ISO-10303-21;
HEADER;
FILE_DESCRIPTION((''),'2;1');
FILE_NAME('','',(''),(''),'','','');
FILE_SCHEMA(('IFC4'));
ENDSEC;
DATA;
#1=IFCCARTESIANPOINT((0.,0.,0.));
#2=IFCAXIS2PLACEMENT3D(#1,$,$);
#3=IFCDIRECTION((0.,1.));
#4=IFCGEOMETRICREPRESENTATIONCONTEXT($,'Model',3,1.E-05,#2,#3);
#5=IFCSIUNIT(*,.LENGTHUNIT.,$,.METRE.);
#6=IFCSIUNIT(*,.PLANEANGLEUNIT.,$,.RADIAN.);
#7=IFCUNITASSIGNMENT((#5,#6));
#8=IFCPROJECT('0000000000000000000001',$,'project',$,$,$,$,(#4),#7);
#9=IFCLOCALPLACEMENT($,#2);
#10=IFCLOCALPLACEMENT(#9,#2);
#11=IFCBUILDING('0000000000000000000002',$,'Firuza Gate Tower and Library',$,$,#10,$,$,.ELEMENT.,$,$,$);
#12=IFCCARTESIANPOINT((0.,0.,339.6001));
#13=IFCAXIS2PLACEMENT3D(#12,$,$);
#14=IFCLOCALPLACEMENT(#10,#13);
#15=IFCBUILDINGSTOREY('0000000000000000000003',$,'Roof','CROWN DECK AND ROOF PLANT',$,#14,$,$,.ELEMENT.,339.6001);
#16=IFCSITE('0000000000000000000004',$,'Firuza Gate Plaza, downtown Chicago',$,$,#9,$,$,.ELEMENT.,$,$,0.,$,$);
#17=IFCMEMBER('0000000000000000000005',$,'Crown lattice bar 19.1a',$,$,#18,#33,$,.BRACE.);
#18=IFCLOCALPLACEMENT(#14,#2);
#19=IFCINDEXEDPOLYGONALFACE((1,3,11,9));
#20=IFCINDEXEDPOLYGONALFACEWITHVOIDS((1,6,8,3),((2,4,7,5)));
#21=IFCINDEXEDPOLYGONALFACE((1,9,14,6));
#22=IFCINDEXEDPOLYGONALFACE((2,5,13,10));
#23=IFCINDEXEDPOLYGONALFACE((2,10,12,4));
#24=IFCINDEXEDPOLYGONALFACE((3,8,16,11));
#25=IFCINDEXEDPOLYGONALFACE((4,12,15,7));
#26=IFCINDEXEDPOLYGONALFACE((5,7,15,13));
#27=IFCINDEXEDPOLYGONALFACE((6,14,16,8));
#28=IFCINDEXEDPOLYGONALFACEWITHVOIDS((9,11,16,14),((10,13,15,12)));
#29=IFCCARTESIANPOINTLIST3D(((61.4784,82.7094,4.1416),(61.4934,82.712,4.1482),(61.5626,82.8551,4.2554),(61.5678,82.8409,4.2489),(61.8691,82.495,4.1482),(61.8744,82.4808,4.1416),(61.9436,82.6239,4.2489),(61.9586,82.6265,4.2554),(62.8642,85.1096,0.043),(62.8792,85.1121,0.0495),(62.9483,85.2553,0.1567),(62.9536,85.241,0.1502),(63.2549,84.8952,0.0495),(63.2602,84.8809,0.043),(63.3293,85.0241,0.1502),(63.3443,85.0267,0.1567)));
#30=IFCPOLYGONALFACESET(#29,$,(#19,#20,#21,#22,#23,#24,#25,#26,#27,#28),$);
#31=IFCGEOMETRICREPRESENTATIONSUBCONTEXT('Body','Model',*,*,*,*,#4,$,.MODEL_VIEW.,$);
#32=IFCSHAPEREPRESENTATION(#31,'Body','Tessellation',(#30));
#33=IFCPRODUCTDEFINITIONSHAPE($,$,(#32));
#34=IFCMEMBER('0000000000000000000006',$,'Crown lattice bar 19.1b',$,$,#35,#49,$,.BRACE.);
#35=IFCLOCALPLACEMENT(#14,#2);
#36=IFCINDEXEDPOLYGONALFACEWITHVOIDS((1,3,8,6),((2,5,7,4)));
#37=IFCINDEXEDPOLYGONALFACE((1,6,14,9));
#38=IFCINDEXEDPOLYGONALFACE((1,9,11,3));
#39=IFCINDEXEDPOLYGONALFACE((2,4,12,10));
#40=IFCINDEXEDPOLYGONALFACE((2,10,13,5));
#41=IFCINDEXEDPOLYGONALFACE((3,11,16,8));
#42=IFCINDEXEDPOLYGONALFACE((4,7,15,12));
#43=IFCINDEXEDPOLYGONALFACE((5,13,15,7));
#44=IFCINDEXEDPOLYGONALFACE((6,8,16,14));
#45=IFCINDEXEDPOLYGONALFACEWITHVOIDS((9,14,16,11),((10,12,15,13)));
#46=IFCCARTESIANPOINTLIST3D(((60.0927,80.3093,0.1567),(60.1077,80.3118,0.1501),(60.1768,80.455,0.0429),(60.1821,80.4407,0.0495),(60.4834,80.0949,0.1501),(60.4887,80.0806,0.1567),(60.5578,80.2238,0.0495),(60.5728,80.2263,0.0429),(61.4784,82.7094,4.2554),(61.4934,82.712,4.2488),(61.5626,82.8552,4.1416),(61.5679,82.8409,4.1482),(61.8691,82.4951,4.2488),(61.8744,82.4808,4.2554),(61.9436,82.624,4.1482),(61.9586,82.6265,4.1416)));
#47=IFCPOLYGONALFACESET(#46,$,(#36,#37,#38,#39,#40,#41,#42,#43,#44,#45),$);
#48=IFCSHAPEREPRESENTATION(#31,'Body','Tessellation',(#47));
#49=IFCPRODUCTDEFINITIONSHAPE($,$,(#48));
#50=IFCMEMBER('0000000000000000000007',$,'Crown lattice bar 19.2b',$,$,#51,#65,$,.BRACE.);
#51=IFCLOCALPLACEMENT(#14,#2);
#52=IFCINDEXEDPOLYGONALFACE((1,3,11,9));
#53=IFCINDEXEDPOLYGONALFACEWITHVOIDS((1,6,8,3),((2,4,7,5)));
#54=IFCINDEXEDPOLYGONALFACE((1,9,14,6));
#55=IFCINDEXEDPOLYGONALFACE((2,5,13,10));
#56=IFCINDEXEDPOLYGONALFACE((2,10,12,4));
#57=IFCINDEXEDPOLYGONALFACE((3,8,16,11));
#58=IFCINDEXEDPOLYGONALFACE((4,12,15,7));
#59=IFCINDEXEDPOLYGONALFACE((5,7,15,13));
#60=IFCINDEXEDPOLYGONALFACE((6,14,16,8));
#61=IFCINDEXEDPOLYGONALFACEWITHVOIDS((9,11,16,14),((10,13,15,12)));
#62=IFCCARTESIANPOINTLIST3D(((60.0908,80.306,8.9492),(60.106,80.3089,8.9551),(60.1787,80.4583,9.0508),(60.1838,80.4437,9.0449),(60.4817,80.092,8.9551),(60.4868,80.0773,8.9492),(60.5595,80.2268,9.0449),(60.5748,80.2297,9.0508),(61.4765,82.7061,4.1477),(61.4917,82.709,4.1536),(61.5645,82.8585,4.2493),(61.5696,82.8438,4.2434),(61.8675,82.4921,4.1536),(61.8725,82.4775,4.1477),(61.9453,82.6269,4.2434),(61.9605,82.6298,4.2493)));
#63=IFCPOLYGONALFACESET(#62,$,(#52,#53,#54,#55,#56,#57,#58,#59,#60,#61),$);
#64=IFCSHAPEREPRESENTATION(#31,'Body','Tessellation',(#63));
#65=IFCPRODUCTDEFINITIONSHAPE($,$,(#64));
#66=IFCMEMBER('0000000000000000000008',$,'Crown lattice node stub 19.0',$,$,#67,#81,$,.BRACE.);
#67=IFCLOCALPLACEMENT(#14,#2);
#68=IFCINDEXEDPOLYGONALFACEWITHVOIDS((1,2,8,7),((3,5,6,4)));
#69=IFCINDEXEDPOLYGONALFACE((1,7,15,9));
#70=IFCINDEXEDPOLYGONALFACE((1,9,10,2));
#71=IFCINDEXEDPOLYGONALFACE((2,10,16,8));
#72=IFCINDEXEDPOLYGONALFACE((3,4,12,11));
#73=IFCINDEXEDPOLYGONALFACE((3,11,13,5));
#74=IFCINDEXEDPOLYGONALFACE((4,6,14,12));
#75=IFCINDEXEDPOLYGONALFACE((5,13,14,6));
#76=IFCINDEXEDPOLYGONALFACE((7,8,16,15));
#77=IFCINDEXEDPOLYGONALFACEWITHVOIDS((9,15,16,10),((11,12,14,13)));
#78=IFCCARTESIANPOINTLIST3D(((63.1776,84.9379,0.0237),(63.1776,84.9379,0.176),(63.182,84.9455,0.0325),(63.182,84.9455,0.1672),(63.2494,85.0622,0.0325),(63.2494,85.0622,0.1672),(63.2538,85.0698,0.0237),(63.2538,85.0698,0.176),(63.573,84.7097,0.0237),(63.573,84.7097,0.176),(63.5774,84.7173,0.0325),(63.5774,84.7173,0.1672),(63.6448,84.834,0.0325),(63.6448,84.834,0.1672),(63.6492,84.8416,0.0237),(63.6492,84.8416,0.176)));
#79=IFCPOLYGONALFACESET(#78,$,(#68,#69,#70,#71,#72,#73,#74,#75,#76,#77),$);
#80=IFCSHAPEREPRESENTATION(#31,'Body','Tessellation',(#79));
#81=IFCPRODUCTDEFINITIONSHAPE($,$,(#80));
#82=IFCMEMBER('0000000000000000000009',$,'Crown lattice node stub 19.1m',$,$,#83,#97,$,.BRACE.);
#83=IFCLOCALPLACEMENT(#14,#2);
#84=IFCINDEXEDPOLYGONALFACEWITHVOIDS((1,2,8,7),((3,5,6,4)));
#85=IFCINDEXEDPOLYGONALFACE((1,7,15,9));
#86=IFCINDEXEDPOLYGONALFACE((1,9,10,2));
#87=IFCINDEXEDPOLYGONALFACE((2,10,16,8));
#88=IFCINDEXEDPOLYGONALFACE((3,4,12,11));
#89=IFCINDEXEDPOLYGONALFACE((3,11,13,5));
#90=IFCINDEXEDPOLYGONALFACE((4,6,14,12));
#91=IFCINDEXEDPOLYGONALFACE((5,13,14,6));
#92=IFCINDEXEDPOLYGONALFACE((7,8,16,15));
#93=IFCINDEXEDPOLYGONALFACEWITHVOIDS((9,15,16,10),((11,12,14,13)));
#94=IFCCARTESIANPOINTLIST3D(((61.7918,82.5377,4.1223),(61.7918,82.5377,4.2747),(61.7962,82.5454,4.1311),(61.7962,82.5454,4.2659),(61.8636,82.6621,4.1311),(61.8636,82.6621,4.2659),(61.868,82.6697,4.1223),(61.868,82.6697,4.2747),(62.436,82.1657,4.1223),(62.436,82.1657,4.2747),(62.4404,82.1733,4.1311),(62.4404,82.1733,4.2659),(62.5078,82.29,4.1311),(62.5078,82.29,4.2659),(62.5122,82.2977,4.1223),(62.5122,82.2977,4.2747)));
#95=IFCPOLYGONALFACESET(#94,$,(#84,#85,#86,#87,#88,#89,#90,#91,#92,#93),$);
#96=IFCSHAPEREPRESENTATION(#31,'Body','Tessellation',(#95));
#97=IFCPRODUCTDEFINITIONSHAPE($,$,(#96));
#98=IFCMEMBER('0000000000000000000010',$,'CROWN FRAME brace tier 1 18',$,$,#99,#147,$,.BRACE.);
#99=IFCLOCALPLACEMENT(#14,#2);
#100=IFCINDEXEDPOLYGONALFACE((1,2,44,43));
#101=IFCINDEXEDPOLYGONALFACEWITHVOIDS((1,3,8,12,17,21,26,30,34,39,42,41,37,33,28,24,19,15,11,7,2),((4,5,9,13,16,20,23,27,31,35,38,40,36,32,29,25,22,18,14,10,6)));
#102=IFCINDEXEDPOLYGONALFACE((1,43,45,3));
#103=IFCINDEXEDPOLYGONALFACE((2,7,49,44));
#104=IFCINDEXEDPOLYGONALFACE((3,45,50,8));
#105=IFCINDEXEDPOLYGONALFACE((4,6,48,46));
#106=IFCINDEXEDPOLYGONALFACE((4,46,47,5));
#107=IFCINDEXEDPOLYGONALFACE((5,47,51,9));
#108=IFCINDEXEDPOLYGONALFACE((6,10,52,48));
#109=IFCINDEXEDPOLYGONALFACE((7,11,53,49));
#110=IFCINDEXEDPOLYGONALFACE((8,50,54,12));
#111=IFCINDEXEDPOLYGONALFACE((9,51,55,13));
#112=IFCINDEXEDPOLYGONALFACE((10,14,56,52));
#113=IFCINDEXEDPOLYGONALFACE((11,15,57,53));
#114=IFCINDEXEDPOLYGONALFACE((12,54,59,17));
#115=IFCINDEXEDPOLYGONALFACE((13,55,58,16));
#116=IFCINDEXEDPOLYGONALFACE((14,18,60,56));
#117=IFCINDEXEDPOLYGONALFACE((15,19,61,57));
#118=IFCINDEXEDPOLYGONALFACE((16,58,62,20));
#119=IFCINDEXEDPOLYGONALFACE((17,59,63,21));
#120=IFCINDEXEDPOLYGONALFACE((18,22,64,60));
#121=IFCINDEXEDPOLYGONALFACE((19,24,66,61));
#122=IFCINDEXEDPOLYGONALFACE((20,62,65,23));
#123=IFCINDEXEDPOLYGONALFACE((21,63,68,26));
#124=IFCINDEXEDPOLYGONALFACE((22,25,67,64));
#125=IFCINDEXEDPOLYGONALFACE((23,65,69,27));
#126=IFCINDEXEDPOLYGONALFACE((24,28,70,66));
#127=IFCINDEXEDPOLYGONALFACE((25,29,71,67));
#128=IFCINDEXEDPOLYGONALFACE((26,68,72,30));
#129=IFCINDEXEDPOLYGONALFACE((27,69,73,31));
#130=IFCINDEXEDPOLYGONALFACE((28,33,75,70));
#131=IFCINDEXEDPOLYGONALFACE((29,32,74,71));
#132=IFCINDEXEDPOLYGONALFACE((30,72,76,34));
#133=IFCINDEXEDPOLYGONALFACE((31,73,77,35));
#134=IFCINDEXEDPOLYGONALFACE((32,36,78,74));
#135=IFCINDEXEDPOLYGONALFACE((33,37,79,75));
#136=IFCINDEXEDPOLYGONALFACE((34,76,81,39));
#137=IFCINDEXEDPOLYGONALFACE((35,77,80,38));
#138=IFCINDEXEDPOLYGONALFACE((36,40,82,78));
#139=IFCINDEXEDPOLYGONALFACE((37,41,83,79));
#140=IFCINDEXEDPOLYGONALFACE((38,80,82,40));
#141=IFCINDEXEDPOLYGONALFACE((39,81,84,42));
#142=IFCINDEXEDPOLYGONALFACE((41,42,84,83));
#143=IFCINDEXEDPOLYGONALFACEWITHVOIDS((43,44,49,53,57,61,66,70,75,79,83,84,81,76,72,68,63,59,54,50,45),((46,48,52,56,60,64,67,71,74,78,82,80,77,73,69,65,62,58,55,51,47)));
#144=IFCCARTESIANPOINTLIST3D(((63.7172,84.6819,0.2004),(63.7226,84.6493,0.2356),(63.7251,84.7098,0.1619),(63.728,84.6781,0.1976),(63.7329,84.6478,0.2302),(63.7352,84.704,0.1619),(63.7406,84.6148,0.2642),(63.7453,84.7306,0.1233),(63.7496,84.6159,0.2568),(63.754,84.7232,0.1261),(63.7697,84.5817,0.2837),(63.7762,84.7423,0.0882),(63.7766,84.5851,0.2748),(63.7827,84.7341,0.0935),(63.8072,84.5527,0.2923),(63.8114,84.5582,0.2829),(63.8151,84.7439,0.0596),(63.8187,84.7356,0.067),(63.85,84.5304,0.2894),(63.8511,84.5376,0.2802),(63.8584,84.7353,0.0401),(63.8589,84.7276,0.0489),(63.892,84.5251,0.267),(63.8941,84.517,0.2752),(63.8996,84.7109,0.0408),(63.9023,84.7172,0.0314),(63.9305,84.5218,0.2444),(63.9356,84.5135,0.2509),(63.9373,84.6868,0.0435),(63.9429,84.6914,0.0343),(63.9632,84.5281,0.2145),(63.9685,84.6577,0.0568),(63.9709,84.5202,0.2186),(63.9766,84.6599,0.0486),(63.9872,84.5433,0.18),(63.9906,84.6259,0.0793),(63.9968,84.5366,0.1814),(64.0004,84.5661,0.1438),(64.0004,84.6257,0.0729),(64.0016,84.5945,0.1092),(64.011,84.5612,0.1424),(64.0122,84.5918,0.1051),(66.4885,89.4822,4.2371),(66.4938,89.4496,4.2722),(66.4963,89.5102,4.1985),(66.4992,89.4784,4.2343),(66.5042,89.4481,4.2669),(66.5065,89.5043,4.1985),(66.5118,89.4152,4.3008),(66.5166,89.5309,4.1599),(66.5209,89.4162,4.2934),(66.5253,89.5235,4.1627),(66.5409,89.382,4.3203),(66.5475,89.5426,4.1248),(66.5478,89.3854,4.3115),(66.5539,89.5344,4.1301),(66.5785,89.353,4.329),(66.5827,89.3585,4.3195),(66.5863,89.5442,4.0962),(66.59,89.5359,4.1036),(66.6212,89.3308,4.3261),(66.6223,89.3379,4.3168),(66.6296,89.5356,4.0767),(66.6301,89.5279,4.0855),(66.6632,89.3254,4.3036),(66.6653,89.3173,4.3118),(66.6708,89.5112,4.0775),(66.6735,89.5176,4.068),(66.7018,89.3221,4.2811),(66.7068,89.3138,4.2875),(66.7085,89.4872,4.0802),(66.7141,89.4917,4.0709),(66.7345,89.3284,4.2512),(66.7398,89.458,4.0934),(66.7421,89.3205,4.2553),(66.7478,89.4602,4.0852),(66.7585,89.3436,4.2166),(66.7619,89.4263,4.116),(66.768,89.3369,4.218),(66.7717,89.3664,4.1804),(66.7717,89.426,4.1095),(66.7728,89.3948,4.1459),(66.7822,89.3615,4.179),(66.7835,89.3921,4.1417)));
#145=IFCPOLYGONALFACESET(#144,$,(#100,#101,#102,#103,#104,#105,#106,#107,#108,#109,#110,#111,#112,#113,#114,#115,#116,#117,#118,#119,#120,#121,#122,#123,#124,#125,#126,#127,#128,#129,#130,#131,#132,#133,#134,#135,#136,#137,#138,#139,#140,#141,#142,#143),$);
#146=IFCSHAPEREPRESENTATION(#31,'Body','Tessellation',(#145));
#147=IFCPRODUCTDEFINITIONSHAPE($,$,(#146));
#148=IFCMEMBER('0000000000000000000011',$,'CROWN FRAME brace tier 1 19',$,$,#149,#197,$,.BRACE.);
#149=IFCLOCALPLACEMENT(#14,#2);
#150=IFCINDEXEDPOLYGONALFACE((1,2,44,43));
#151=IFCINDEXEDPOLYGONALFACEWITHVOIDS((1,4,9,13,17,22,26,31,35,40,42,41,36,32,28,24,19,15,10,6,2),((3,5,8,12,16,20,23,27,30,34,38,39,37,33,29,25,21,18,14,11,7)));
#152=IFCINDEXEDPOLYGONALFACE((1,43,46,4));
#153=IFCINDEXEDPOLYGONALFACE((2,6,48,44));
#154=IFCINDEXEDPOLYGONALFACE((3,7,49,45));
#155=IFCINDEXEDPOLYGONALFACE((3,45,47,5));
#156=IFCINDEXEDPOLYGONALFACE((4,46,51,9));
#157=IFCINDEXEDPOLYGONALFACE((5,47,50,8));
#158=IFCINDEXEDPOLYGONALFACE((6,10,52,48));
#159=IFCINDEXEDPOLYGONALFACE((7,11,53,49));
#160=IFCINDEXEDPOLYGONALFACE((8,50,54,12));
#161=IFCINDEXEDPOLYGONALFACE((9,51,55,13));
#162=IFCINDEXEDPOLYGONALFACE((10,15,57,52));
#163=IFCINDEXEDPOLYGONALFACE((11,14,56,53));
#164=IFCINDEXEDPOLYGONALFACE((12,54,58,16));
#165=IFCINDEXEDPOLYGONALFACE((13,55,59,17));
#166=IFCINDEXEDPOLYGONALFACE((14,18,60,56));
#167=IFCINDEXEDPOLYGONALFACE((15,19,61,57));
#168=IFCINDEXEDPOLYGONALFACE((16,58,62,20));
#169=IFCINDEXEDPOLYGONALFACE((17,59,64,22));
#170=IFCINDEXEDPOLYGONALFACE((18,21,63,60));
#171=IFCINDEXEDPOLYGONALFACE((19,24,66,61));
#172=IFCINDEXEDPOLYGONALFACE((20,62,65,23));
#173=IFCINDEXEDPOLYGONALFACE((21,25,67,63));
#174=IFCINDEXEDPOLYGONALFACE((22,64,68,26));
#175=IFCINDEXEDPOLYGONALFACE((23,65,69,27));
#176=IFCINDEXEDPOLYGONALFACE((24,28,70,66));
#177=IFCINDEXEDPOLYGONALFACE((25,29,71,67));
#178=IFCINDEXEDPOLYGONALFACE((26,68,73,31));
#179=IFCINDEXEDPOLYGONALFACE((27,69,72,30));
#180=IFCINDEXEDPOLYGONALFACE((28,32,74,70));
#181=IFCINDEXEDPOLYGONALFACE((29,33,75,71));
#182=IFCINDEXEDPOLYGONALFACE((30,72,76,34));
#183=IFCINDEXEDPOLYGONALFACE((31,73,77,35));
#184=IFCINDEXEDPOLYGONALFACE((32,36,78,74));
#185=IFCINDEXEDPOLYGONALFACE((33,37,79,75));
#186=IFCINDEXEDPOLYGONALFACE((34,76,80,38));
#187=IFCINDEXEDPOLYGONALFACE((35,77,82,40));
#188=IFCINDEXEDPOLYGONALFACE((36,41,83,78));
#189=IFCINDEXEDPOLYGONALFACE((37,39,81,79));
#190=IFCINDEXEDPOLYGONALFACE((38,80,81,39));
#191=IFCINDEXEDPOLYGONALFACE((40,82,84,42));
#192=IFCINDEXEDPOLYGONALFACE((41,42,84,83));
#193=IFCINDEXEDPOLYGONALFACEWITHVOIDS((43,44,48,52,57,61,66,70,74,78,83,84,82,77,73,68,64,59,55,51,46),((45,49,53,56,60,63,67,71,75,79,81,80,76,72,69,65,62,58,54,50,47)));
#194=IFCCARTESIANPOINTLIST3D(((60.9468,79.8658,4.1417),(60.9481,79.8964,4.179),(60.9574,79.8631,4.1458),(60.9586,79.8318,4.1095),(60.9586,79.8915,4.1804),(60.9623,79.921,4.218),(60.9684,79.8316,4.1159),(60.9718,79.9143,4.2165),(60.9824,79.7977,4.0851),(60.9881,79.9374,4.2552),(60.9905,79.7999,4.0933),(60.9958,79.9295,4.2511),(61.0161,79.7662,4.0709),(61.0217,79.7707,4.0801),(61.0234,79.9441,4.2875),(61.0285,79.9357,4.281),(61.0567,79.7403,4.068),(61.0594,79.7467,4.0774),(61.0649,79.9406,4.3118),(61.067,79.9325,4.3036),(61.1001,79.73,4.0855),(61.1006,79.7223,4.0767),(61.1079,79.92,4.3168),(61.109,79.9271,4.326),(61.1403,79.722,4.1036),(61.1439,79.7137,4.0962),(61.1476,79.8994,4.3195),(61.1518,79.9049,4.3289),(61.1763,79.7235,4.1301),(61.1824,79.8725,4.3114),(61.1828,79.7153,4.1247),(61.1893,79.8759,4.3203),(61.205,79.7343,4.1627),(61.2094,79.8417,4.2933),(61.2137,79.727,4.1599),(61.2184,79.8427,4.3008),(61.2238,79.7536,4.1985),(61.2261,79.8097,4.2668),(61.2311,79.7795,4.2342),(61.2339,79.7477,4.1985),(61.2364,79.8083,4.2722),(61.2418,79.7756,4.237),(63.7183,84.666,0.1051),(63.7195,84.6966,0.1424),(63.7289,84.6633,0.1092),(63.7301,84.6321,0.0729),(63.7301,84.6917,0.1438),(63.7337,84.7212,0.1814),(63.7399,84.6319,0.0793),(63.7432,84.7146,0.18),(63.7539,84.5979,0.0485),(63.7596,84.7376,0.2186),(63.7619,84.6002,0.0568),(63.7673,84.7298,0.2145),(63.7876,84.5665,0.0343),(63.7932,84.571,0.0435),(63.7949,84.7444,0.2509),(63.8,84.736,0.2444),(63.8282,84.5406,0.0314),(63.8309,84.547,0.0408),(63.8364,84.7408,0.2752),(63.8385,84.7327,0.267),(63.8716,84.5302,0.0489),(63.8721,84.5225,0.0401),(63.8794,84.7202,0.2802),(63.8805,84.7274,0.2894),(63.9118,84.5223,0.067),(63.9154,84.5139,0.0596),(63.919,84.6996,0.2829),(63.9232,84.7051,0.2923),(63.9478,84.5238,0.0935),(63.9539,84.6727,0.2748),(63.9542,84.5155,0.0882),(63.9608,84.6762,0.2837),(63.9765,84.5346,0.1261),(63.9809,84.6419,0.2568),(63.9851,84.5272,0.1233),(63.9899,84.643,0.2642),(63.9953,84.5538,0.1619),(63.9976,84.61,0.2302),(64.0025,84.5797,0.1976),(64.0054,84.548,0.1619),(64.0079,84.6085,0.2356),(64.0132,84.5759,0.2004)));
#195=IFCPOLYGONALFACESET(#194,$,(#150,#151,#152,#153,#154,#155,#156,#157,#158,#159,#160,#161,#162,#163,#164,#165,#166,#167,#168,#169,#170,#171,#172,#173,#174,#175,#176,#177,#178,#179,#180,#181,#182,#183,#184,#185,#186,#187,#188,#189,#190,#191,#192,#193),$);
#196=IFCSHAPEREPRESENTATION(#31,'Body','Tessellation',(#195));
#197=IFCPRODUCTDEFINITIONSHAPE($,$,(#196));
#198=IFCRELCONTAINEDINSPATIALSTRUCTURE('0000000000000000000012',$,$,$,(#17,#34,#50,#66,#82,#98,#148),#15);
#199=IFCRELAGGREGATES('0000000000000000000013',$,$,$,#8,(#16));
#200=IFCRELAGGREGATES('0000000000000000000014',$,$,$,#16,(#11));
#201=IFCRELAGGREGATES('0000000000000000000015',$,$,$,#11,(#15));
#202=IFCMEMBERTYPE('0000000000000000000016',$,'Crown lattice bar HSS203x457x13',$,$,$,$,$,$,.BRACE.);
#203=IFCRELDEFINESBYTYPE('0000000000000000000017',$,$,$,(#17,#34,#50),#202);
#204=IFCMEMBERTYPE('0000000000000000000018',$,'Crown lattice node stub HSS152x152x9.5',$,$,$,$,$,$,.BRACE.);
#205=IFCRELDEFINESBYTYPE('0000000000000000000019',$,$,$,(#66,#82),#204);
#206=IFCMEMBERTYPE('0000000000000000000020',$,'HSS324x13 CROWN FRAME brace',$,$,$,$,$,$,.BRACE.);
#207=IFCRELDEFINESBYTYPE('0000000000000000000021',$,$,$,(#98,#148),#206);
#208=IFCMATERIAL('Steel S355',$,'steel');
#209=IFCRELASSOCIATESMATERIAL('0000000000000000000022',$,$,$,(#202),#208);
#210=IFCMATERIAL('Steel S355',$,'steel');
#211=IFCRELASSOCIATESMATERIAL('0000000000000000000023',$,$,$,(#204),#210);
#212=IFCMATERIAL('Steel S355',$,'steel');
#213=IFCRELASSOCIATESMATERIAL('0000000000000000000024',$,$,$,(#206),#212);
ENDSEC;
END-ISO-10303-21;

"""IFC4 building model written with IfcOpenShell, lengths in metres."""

from ifc_helpers import new_model, si_unit, direction, frame, origin, origin_2d, place, context, subcontext, project, spatial, hollow_rectangle, hollow_circle, extrude, material, material_profile, profile_set, type_object, element, save


model = new_model("IFC4")

# Units and contexts
model_context = context("Model", 3, precision=1e-05, world=origin(), true_north=direction((0.0, 1.0)))
body_context = subcontext(model_context, "Body", "Model", "MODEL_VIEW")
ifc_project = project(units=[si_unit("LENGTHUNIT", "METRE"), si_unit("PLANEANGLEUNIT", "RADIAN")], contexts=[model_context])

# Site, building, storey
site_placement = place(None, origin())
site = spatial("IfcSite", under=ifc_project, at=site_placement, Name="Firuza Gate Plaza, downtown Chicago", CompositionType="ELEMENT", RefElevation=0.0)
building_placement = place(site_placement, origin())
building = spatial("IfcBuilding", under=site, at=building_placement, Name="Firuza Gate Tower and Library", CompositionType="ELEMENT")
storey_placement = place(building_placement, frame((0.0, 0.0, 339.6001)))
storey = spatial("IfcBuildingStorey", under=building, at=storey_placement, Name="Roof", Description="CROWN DECK AND ROOF PLANT", CompositionType="ELEMENT", Elevation=339.6001)

# Members
ifc_material_1 = material(Name="Steel S355", Category="steel")
ifc_material_profile_1 = material_profile(ifc_material_1, hollow_rectangle(XDim=0.4573, YDim=0.2031, WallThickness=0.0117, at=origin_2d()))
ifc_profile_set_1 = profile_set([ifc_material_profile_1], Name="Steel S355")
member_type_1 = type_object("IfcMemberType", Name="Crown lattice bar HSS203x457x13", PredefinedType="BRACE", material=ifc_profile_set_1)
for number, where, z_axis, x_axis, name in (
    (1, (63.1042, 85.0681, 0.0999), (-0.280078, -0.485103, 0.828391), (0.866023, -0.500005, 0.0), "Crown lattice bar 19.1a"),
    (2, (61.7185, 82.668, 4.1985), (-0.280078, -0.485103, -0.828391), (0.866023, -0.500005, 0.0), "Crown lattice bar 19.1b"),
):
    element("IfcMember", number, at=place(storey_placement, frame(where, z_axis=z_axis, x_axis=x_axis)), inside=storey, type_object=member_type_1, Name=name, PredefinedType="BRACE", context=body_context, shape_type="SweptSolid", body=[
        extrude(hollow_rectangle(XDim=0.4573, YDim=0.2031, WallThickness=0.0117, at=origin_2d()), origin(), (0.0, 0.0, 1.0), 4.9478),
    ])
member_1_placement = place(storey_placement, frame((61.7185, 82.668, 4.1985), z_axis=(-0.249955, -0.43293, 0.86608), x_axis=(0.866023, -0.500005, 0.0)))
element("IfcMember", 3, at=member_1_placement, inside=storey, type_object=member_type_1, Name="Crown lattice bar 19.2b", PredefinedType="BRACE", context=body_context, shape_type="SweptSolid", body=[
    extrude(hollow_rectangle(XDim=0.4573, YDim=0.2031, WallThickness=0.0117, at=origin_2d()), origin(), (0.0, 0.0, 1.0), 5.5439),
])
ifc_material_2 = material(Name="Steel S355", Category="steel")
ifc_material_profile_2 = material_profile(ifc_material_2, hollow_rectangle(XDim=0.1523, YDim=0.1523, WallThickness=0.0088, at=origin_2d()))
ifc_profile_set_2 = profile_set([ifc_material_profile_2], Name="Steel S355")
member_type_2 = type_object("IfcMemberType", Name="Crown lattice node stub HSS152x152x9.5", PredefinedType="BRACE", material=ifc_profile_set_2)
member_2_placement = place(storey_placement, frame((63.6111, 84.7756, 0.0999), z_axis=(-0.866097, 0.499877, 0.0), x_axis=(-0.499877, -0.866097, 0.0)))
element("IfcMember", 4, at=member_2_placement, inside=storey, type_object=member_type_2, Name="Crown lattice node stub 19.0", PredefinedType="BRACE", context=body_context, shape_type="SweptSolid", body=[
    extrude(hollow_rectangle(XDim=0.1523, YDim=0.1523, WallThickness=0.0088, at=origin_2d()), origin(), (0.0, 0.0, 1.0), 0.4565),
])
member_3_placement = place(storey_placement, frame((62.4741, 82.2317, 4.1985), z_axis=(-0.865972, 0.500092, 0.0), x_axis=(-0.500092, -0.865972, 0.0)))
element("IfcMember", 5, at=member_3_placement, inside=storey, type_object=member_type_2, Name="Crown lattice node stub 19.1m", PredefinedType="BRACE", context=body_context, shape_type="SweptSolid", body=[
    extrude(hollow_rectangle(XDim=0.1523, YDim=0.1523, WallThickness=0.0088, at=origin_2d()), origin(), (0.0, 0.0, 1.0), 0.7439),
])
ifc_material_3 = material(Name="Steel S355", Category="steel")
ifc_material_profile_3 = material_profile(ifc_material_3, hollow_circle(Radius=0.1619, WallThickness=0.0117, at=origin_2d()))
ifc_profile_set_3 = profile_set([ifc_material_profile_3], Name="Steel S355")
member_type_3 = type_object("IfcMemberType", Name="HSS324x13 CROWN FRAME brace", PredefinedType="BRACE", material=ifc_profile_set_3)
for number, where, z_axis, x_axis, name in (
    (6, (63.8652, 84.6289, 0.1619), (0.404154, 0.700069, 0.588696), (-0.866042, 0.499972, 0.0), "CROWN FRAME brace tier 1 18"),
    (7, (63.8652, 84.6289, 0.1619), (-0.404184, -0.700059, 0.588687), (0.866023, -0.500005, 0.0), "CROWN FRAME brace tier 1 19"),
):
    element("IfcMember", number, at=place(storey_placement, frame(where, z_axis=z_axis, x_axis=x_axis)), inside=storey, type_object=member_type_3, Name=name, PredefinedType="BRACE", context=body_context, shape_type="SweptSolid", body=[
        extrude(hollow_circle(Radius=0.1619, WallThickness=0.0117, at=origin_2d()), origin(), (0.0, 0.0, 1.0), 6.8569),
    ])

save(model, "model.ifc")
